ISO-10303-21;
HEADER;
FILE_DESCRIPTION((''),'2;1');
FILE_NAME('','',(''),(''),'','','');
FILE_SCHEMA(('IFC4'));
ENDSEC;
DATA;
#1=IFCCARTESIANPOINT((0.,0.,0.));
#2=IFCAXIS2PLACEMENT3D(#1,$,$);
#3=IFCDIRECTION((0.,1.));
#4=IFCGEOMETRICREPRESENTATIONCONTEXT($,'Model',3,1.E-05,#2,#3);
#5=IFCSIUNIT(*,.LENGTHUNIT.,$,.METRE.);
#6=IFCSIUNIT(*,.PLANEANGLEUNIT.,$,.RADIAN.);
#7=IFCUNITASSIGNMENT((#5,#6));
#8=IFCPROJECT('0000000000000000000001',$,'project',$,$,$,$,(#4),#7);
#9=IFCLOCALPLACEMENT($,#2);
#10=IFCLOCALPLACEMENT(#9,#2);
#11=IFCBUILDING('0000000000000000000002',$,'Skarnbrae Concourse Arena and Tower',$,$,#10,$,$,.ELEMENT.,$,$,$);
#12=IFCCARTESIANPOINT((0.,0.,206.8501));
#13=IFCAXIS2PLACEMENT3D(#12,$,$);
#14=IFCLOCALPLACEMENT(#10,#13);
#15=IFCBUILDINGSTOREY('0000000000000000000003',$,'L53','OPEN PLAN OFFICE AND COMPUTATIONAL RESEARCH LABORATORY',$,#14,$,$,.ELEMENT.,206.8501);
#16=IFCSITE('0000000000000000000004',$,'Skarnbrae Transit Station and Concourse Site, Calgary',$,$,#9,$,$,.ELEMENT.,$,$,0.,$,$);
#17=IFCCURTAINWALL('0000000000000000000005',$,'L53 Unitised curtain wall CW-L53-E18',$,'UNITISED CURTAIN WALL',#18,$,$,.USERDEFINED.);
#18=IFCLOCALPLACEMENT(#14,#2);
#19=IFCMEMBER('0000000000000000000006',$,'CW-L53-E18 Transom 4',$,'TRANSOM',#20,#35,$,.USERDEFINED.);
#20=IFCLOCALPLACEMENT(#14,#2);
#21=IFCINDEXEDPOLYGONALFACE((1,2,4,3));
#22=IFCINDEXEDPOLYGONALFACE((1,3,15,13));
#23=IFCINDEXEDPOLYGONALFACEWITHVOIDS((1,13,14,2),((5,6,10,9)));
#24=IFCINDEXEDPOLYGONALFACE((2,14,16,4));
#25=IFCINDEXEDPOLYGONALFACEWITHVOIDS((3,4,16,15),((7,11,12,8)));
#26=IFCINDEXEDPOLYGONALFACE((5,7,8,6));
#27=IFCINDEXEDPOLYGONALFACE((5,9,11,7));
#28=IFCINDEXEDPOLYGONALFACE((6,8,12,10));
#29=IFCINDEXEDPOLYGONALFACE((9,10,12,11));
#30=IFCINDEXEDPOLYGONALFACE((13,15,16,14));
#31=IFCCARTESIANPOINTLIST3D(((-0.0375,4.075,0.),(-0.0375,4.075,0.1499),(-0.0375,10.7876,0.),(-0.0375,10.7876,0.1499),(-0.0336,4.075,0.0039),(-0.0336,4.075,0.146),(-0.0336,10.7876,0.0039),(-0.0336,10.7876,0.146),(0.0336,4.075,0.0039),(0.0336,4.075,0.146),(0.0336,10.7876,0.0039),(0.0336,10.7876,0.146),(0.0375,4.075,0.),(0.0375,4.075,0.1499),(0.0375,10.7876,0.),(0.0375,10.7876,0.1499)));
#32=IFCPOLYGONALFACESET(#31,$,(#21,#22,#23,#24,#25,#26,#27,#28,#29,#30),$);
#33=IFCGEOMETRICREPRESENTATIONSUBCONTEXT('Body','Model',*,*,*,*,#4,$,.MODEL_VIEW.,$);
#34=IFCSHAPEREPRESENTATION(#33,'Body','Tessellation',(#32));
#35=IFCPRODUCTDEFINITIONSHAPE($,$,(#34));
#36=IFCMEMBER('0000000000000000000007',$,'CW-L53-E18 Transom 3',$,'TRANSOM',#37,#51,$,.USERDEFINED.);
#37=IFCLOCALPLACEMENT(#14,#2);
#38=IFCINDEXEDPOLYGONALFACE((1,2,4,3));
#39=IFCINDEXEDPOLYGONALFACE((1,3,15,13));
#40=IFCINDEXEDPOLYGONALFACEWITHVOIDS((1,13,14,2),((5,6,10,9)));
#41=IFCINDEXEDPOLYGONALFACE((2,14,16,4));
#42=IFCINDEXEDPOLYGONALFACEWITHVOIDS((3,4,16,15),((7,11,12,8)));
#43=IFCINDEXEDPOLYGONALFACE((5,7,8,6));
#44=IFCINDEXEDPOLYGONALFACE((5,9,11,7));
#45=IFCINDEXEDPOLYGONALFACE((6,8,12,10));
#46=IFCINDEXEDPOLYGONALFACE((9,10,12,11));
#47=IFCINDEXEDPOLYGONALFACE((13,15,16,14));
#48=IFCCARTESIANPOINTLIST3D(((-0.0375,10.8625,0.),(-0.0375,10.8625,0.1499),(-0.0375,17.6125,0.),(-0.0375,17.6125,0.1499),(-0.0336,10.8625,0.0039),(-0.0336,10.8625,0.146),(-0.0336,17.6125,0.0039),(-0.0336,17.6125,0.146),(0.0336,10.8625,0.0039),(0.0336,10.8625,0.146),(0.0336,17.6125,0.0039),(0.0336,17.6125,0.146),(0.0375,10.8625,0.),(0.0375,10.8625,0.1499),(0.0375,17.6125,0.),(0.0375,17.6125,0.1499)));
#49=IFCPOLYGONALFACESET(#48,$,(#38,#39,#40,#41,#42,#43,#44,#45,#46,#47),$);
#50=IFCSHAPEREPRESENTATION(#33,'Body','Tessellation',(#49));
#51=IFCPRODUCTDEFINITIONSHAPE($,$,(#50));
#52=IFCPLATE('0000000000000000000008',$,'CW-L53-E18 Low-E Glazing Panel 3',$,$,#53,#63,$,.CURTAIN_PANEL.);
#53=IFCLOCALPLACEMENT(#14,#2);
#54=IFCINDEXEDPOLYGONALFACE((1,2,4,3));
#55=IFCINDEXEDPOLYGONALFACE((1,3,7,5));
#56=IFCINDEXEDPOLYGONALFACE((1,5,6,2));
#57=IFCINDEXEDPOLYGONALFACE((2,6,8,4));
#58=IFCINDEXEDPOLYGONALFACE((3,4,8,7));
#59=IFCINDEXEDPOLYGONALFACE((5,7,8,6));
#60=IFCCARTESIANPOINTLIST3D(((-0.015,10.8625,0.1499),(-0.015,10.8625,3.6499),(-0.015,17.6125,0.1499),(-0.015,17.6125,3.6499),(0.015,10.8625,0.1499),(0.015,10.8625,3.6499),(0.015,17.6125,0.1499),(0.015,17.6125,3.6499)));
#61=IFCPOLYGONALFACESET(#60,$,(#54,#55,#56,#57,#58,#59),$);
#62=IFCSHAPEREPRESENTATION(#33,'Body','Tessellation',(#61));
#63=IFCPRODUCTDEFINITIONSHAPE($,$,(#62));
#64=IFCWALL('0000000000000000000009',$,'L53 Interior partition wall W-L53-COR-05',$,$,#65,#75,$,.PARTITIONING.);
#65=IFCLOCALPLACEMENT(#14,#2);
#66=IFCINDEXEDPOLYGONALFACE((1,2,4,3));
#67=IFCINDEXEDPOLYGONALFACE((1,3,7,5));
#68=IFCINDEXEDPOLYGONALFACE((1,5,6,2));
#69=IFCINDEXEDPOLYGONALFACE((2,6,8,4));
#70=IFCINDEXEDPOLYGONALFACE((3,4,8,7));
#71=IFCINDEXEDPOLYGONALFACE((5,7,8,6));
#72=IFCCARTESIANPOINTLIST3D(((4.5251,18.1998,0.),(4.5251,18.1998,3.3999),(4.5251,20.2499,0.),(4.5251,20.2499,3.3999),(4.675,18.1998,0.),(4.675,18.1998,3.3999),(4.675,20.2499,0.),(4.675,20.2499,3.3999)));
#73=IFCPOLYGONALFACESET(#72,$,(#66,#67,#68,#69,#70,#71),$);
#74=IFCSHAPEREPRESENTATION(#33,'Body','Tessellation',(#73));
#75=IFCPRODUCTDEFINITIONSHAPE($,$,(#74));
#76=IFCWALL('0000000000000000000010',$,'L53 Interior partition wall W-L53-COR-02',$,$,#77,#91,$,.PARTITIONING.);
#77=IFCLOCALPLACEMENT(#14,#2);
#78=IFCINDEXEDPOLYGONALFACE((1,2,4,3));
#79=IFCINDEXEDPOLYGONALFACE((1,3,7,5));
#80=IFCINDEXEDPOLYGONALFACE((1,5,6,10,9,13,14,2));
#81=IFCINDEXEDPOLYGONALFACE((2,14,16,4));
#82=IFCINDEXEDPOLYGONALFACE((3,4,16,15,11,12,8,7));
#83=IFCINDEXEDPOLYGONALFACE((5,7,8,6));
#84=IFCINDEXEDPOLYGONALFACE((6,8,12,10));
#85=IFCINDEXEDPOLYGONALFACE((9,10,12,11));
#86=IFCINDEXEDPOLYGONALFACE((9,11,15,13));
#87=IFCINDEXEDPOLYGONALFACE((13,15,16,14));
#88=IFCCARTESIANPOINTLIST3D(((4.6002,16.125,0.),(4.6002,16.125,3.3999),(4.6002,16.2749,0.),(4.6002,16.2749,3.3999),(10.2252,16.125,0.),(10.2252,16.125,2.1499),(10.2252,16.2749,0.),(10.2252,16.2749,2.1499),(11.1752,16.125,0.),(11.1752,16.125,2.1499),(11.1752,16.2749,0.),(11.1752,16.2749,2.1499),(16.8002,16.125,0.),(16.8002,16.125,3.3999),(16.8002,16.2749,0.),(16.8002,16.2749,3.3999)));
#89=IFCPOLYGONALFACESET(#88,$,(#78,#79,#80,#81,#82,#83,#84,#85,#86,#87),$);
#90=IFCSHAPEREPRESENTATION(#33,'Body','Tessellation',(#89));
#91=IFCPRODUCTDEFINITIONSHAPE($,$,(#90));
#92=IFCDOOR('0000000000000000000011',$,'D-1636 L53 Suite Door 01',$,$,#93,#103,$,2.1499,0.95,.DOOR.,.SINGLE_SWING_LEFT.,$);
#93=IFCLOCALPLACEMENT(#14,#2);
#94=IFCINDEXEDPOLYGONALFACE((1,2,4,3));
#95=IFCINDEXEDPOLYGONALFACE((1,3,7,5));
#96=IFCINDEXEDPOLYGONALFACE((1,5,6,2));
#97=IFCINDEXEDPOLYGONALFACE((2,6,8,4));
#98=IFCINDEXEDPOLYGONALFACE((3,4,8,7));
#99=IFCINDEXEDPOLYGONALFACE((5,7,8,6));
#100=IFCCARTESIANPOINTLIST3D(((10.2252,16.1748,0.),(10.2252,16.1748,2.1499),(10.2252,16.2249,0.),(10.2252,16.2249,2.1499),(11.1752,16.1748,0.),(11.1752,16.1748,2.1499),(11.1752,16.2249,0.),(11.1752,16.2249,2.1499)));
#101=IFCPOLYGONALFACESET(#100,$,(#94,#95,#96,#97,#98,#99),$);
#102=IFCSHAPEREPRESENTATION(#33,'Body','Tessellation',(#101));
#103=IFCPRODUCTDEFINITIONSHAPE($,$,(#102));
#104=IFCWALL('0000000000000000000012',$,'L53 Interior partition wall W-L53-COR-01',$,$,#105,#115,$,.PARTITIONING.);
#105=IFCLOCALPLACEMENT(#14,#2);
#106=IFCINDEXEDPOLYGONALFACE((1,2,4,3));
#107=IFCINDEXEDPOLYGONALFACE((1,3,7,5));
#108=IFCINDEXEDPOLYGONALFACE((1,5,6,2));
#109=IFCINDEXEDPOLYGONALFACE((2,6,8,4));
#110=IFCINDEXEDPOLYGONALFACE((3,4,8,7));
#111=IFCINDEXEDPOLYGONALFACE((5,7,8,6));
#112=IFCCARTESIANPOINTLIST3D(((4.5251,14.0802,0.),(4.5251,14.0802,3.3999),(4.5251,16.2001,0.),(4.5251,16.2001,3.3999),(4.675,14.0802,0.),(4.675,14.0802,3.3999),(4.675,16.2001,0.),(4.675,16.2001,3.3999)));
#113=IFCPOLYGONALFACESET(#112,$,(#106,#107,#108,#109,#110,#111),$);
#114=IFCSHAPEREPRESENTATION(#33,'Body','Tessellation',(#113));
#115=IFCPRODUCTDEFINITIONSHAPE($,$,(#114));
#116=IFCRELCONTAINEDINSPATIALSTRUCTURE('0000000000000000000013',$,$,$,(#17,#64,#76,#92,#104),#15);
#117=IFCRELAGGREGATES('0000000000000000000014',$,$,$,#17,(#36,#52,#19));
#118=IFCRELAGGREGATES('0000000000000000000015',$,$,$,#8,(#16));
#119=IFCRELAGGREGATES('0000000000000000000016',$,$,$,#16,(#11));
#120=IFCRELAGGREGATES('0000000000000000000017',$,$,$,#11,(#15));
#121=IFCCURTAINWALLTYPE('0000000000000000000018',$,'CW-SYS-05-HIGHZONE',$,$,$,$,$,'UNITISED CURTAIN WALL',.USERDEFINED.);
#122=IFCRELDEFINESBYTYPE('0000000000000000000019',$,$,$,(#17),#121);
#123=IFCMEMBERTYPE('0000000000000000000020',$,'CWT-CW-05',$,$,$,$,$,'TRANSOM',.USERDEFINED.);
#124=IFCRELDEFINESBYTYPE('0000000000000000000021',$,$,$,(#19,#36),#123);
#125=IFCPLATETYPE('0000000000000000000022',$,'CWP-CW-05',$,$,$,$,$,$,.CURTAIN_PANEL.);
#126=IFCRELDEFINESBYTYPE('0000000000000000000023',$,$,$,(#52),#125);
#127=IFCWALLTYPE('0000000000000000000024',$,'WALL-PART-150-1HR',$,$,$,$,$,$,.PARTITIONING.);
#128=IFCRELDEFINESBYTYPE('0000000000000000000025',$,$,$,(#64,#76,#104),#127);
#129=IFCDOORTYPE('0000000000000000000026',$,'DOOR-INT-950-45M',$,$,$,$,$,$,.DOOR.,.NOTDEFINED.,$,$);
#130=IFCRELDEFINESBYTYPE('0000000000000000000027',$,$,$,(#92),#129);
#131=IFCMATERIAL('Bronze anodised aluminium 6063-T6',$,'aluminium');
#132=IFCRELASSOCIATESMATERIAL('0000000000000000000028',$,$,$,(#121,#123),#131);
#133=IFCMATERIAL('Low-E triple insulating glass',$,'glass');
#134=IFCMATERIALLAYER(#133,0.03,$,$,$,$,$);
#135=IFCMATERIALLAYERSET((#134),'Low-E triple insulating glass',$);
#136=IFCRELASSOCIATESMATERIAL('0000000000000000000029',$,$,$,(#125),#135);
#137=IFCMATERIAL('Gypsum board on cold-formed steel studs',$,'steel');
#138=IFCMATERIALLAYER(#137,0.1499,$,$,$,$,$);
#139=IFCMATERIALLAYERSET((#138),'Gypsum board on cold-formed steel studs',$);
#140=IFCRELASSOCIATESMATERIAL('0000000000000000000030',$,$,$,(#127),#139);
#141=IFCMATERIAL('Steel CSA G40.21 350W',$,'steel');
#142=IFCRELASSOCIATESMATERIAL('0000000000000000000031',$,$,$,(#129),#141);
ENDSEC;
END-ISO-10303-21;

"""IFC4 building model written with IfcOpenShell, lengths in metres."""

from ifc_helpers import new_model, si_unit, direction, frame, frame_2d, origin, origin_2d, place, context, subcontext, project, spatial, rectangle, hollow_rectangle, extrude, source, transform, mapped, material, layer, layer_set, material_profile, profile_set, type_object, element, fill, aggregate, save


model = new_model("IFC4")

# Units and contexts
model_context = context("Model", 3, precision=1e-05, world=origin(), true_north=direction((0.0, 1.0)))
body_context = subcontext(model_context, "Body", "Model", "MODEL_VIEW")
ifc_project = project(units=[si_unit("LENGTHUNIT", "METRE"), si_unit("PLANEANGLEUNIT", "RADIAN")], contexts=[model_context])

# Site, building, storey
site_placement = place(None, origin())
site = spatial("IfcSite", under=ifc_project, at=site_placement, Name="Skarnbrae Transit Station and Concourse Site, Calgary", CompositionType="ELEMENT", RefElevation=0.0)
building_placement = place(site_placement, origin())
building = spatial("IfcBuilding", under=site, at=building_placement, Name="Skarnbrae Concourse Arena and Tower", CompositionType="ELEMENT")
storey_placement = place(building_placement, frame((0.0, 0.0, 206.8501)))
storey = spatial("IfcBuildingStorey", under=building, at=storey_placement, Name="L53", Description="OPEN PLAN OFFICE AND COMPUTATIONAL RESEARCH LABORATORY", CompositionType="ELEMENT", Elevation=206.8501)

# Shared definitions
ifc_material_1 = material(Name="Steel CSA G40.21 350W", Category="steel")

# Curtain wall, members, plate
ifc_material_2 = material(Name="Bronze anodised aluminium 6063-T6", Category="aluminium")
curtain_wall_type = type_object("IfcCurtainWallType", Name="CW-SYS-05-HIGHZONE", ElementType="UNITISED CURTAIN WALL", PredefinedType="USERDEFINED", material=ifc_material_2)
curtain_wall_placement = place(storey_placement, origin())
curtain_wall = element("IfcCurtainWall", 1, at=curtain_wall_placement, inside=storey, type_object=curtain_wall_type, Name="L53 Unitised curtain wall CW-L53-E18", ObjectType="UNITISED CURTAIN WALL", PredefinedType="USERDEFINED")
ifc_material_profile_1 = material_profile(ifc_material_2, hollow_rectangle(XDim=0.075, YDim=0.1499, WallThickness=0.0039, at=origin_2d()), Name="ALU-TRAN-75X150")
ifc_profile_set_1 = profile_set([ifc_material_profile_1], Name="Bronze anodised aluminium 6063-T6")
member_type_1 = type_object("IfcMemberType", Name="CWT-CW-05", ElementType="TRANSOM", PredefinedType="USERDEFINED", material=ifc_profile_set_1)
shared_shape_1 = source(origin(), body_context, "Body", "SweptSolid", [
    extrude(hollow_rectangle(XDim=0.075, YDim=0.1499, WallThickness=0.0039, at=origin_2d()), origin(), (0.0, 0.0, 1.0), 6.7126),
])
member_1_placement = place(storey_placement, frame((0.0, 10.7876, 0.075), z_axis=(0.0, -1.0, 0.0), x_axis=(1.0, 0.0, 0.0)))
member_1 = element("IfcMember", 2, at=member_1_placement, type_object=member_type_1, Name="CW-L53-E18 Transom 4", ObjectType="TRANSOM", PredefinedType="USERDEFINED", context=body_context, shape_type="MappedRepresentation", body=[
    mapped(shared_shape_1, transform((0.0, 0.0, 0.0))),
])
shared_shape_2 = source(origin(), body_context, "Body", "SweptSolid", [
    extrude(hollow_rectangle(XDim=0.075, YDim=0.1499, WallThickness=0.0039, at=origin_2d()), origin(), (0.0, 0.0, 1.0), 6.75),
])
member_2_placement = place(storey_placement, frame((0.0, 17.6125, 0.075), z_axis=(0.0, -1.0, 0.0), x_axis=(1.0, 0.0, 0.0)))
member_2 = element("IfcMember", 3, at=member_2_placement, type_object=member_type_1, Name="CW-L53-E18 Transom 3", ObjectType="TRANSOM", PredefinedType="USERDEFINED", context=body_context, shape_type="MappedRepresentation", body=[
    mapped(shared_shape_2, transform((0.0, 0.0, 0.0))),
])
ifc_material_3 = material(Name="Low-E triple insulating glass", Category="glass")
ifc_layer_1 = layer(ifc_material_3, 0.03)
ifc_layer_set_1 = layer_set([ifc_layer_1], Name="Low-E triple insulating glass")
plate_type = type_object("IfcPlateType", Name="CWP-CW-05", PredefinedType="CURTAIN_PANEL", material=ifc_layer_set_1)
shared_shape_3 = source(origin(), body_context, "Body", "SweptSolid", [
    extrude(rectangle(XDim=6.75, YDim=0.03, at=origin_2d()), origin(), (0.0, 0.0, 1.0), 3.5),
])
plate_placement = place(storey_placement, frame((0.0, 14.2375, 0.1499), z_axis=(0.0, 0.0, 1.0), x_axis=(0.0, -1.0, 0.0)))
plate = element("IfcPlate", 4, at=plate_placement, type_object=plate_type, Name="CW-L53-E18 Low-E Glazing Panel 3", PredefinedType="CURTAIN_PANEL", context=body_context, shape_type="MappedRepresentation", body=[
    mapped(shared_shape_3, transform((0.0, 0.0, 0.0))),
])
aggregate(curtain_wall, [member_2, plate, member_1])

# Wall
ifc_material_4 = material(Name="Gypsum board on cold-formed steel studs", Category="steel")
ifc_layer_2 = layer(ifc_material_4, 0.1499)
ifc_layer_set_2 = layer_set([ifc_layer_2], Name="Gypsum board on cold-formed steel studs")
wall_type_1 = type_object("IfcWallType", Name="WALL-PART-150-1HR", PredefinedType="PARTITIONING", material=ifc_layer_set_2)
shared_shape_4 = source(origin(), body_context, "Body", "SweptSolid", [
    extrude(rectangle(XDim=2.05, YDim=0.1499, at=frame_2d((1.0249, 0.0))), origin(), (0.0, 0.0, 1.0), 3.3999),
])
wall_1_placement = place(storey_placement, frame((4.6001, 18.2, 0.0), z_axis=(0.0, 0.0, 1.0), x_axis=(0.0, 1.0, 0.0)))
element("IfcWall", 5, at=wall_1_placement, inside=storey, type_object=wall_type_1, Name="L53 Interior partition wall W-L53-COR-05", PredefinedType="PARTITIONING", context=body_context, shape_type="MappedRepresentation", body=[
    mapped(shared_shape_4, transform((0.0, 0.0, 0.0))),
])

# Wall, opening, door
shared_shape_5 = source(origin(), body_context, "Body", "SweptSolid", [
    extrude(rectangle(XDim=12.2, YDim=0.1499, at=frame_2d((6.1001, 0.0))), origin(), (0.0, 0.0, 1.0), 3.3999),
])
wall_2_placement = place(storey_placement, frame((4.6001, 16.2, 0.0), z_axis=(0.0, 0.0, 1.0), x_axis=(1.0, 0.0, 0.0)))
wall_2 = element("IfcWall", 6, at=wall_2_placement, inside=storey, type_object=wall_type_1, Name="L53 Interior partition wall W-L53-COR-02", PredefinedType="PARTITIONING", context=body_context, shape_type="MappedRepresentation", body=[
    mapped(shared_shape_5, transform((0.0, 0.0, 0.0))),
])
opening_1_placement = place(wall_2_placement, frame((5.625, 0.0, 0.0)))
opening_1 = element("IfcOpeningElement", 7, at=opening_1_placement, cuts=wall_2, PredefinedType="OPENING", context=body_context, shape_type="SweptSolid", body=[
    extrude(rectangle(XDim=0.95, YDim=2.1499, at=frame_2d((0.4751, 1.075))), frame((0.0, 0.085, 0.0), z_axis=(0.0, -1.0, 0.0), x_axis=(1.0, 0.0, 0.0)), (0.0, 0.0, 1.0), 0.1699),
])
door_type_1 = type_object("IfcDoorType", Name="DOOR-INT-950-45M", OperationType="NOTDEFINED", PredefinedType="DOOR", material=ifc_material_1)
shared_shape_6 = source(origin(), body_context, "Body", "SweptSolid", [
    extrude(rectangle(XDim=0.95, YDim=2.1499, at=frame_2d((0.4751, 1.075))), frame((0.0, 0.0249, 0.0), z_axis=(0.0, -1.0, 0.0), x_axis=(1.0, 0.0, 0.0)), (0.0, 0.0, 1.0), 0.05),
])
door_1_placement = place(opening_1_placement, origin())
door_1 = element("IfcDoor", 8, at=door_1_placement, inside=storey, type_object=door_type_1, Name="D-1636 L53 Suite Door 01", OperationType="SINGLE_SWING_LEFT", OverallHeight=2.1499, OverallWidth=0.95, PredefinedType="DOOR", context=body_context, shape_type="MappedRepresentation", body=[
    mapped(shared_shape_6, transform((0.0, 0.0, 0.0))),
])
fill(opening_1, door_1)

# Wall
shared_shape_7 = source(origin(), body_context, "Body", "SweptSolid", [
    extrude(rectangle(XDim=2.1199, YDim=0.1499, at=frame_2d((1.0601, 0.0))), origin(), (0.0, 0.0, 1.0), 3.3999),
])
wall_3_placement = place(storey_placement, frame((4.6001, 14.0801, 0.0), z_axis=(0.0, 0.0, 1.0), x_axis=(0.0, 1.0, 0.0)))
element("IfcWall", 9, at=wall_3_placement, inside=storey, type_object=wall_type_1, Name="L53 Interior partition wall W-L53-COR-01", PredefinedType="PARTITIONING", context=body_context, shape_type="MappedRepresentation", body=[
    mapped(shared_shape_7, transform((0.0, 0.0, 0.0))),
])

save(model, "model.ifc")
